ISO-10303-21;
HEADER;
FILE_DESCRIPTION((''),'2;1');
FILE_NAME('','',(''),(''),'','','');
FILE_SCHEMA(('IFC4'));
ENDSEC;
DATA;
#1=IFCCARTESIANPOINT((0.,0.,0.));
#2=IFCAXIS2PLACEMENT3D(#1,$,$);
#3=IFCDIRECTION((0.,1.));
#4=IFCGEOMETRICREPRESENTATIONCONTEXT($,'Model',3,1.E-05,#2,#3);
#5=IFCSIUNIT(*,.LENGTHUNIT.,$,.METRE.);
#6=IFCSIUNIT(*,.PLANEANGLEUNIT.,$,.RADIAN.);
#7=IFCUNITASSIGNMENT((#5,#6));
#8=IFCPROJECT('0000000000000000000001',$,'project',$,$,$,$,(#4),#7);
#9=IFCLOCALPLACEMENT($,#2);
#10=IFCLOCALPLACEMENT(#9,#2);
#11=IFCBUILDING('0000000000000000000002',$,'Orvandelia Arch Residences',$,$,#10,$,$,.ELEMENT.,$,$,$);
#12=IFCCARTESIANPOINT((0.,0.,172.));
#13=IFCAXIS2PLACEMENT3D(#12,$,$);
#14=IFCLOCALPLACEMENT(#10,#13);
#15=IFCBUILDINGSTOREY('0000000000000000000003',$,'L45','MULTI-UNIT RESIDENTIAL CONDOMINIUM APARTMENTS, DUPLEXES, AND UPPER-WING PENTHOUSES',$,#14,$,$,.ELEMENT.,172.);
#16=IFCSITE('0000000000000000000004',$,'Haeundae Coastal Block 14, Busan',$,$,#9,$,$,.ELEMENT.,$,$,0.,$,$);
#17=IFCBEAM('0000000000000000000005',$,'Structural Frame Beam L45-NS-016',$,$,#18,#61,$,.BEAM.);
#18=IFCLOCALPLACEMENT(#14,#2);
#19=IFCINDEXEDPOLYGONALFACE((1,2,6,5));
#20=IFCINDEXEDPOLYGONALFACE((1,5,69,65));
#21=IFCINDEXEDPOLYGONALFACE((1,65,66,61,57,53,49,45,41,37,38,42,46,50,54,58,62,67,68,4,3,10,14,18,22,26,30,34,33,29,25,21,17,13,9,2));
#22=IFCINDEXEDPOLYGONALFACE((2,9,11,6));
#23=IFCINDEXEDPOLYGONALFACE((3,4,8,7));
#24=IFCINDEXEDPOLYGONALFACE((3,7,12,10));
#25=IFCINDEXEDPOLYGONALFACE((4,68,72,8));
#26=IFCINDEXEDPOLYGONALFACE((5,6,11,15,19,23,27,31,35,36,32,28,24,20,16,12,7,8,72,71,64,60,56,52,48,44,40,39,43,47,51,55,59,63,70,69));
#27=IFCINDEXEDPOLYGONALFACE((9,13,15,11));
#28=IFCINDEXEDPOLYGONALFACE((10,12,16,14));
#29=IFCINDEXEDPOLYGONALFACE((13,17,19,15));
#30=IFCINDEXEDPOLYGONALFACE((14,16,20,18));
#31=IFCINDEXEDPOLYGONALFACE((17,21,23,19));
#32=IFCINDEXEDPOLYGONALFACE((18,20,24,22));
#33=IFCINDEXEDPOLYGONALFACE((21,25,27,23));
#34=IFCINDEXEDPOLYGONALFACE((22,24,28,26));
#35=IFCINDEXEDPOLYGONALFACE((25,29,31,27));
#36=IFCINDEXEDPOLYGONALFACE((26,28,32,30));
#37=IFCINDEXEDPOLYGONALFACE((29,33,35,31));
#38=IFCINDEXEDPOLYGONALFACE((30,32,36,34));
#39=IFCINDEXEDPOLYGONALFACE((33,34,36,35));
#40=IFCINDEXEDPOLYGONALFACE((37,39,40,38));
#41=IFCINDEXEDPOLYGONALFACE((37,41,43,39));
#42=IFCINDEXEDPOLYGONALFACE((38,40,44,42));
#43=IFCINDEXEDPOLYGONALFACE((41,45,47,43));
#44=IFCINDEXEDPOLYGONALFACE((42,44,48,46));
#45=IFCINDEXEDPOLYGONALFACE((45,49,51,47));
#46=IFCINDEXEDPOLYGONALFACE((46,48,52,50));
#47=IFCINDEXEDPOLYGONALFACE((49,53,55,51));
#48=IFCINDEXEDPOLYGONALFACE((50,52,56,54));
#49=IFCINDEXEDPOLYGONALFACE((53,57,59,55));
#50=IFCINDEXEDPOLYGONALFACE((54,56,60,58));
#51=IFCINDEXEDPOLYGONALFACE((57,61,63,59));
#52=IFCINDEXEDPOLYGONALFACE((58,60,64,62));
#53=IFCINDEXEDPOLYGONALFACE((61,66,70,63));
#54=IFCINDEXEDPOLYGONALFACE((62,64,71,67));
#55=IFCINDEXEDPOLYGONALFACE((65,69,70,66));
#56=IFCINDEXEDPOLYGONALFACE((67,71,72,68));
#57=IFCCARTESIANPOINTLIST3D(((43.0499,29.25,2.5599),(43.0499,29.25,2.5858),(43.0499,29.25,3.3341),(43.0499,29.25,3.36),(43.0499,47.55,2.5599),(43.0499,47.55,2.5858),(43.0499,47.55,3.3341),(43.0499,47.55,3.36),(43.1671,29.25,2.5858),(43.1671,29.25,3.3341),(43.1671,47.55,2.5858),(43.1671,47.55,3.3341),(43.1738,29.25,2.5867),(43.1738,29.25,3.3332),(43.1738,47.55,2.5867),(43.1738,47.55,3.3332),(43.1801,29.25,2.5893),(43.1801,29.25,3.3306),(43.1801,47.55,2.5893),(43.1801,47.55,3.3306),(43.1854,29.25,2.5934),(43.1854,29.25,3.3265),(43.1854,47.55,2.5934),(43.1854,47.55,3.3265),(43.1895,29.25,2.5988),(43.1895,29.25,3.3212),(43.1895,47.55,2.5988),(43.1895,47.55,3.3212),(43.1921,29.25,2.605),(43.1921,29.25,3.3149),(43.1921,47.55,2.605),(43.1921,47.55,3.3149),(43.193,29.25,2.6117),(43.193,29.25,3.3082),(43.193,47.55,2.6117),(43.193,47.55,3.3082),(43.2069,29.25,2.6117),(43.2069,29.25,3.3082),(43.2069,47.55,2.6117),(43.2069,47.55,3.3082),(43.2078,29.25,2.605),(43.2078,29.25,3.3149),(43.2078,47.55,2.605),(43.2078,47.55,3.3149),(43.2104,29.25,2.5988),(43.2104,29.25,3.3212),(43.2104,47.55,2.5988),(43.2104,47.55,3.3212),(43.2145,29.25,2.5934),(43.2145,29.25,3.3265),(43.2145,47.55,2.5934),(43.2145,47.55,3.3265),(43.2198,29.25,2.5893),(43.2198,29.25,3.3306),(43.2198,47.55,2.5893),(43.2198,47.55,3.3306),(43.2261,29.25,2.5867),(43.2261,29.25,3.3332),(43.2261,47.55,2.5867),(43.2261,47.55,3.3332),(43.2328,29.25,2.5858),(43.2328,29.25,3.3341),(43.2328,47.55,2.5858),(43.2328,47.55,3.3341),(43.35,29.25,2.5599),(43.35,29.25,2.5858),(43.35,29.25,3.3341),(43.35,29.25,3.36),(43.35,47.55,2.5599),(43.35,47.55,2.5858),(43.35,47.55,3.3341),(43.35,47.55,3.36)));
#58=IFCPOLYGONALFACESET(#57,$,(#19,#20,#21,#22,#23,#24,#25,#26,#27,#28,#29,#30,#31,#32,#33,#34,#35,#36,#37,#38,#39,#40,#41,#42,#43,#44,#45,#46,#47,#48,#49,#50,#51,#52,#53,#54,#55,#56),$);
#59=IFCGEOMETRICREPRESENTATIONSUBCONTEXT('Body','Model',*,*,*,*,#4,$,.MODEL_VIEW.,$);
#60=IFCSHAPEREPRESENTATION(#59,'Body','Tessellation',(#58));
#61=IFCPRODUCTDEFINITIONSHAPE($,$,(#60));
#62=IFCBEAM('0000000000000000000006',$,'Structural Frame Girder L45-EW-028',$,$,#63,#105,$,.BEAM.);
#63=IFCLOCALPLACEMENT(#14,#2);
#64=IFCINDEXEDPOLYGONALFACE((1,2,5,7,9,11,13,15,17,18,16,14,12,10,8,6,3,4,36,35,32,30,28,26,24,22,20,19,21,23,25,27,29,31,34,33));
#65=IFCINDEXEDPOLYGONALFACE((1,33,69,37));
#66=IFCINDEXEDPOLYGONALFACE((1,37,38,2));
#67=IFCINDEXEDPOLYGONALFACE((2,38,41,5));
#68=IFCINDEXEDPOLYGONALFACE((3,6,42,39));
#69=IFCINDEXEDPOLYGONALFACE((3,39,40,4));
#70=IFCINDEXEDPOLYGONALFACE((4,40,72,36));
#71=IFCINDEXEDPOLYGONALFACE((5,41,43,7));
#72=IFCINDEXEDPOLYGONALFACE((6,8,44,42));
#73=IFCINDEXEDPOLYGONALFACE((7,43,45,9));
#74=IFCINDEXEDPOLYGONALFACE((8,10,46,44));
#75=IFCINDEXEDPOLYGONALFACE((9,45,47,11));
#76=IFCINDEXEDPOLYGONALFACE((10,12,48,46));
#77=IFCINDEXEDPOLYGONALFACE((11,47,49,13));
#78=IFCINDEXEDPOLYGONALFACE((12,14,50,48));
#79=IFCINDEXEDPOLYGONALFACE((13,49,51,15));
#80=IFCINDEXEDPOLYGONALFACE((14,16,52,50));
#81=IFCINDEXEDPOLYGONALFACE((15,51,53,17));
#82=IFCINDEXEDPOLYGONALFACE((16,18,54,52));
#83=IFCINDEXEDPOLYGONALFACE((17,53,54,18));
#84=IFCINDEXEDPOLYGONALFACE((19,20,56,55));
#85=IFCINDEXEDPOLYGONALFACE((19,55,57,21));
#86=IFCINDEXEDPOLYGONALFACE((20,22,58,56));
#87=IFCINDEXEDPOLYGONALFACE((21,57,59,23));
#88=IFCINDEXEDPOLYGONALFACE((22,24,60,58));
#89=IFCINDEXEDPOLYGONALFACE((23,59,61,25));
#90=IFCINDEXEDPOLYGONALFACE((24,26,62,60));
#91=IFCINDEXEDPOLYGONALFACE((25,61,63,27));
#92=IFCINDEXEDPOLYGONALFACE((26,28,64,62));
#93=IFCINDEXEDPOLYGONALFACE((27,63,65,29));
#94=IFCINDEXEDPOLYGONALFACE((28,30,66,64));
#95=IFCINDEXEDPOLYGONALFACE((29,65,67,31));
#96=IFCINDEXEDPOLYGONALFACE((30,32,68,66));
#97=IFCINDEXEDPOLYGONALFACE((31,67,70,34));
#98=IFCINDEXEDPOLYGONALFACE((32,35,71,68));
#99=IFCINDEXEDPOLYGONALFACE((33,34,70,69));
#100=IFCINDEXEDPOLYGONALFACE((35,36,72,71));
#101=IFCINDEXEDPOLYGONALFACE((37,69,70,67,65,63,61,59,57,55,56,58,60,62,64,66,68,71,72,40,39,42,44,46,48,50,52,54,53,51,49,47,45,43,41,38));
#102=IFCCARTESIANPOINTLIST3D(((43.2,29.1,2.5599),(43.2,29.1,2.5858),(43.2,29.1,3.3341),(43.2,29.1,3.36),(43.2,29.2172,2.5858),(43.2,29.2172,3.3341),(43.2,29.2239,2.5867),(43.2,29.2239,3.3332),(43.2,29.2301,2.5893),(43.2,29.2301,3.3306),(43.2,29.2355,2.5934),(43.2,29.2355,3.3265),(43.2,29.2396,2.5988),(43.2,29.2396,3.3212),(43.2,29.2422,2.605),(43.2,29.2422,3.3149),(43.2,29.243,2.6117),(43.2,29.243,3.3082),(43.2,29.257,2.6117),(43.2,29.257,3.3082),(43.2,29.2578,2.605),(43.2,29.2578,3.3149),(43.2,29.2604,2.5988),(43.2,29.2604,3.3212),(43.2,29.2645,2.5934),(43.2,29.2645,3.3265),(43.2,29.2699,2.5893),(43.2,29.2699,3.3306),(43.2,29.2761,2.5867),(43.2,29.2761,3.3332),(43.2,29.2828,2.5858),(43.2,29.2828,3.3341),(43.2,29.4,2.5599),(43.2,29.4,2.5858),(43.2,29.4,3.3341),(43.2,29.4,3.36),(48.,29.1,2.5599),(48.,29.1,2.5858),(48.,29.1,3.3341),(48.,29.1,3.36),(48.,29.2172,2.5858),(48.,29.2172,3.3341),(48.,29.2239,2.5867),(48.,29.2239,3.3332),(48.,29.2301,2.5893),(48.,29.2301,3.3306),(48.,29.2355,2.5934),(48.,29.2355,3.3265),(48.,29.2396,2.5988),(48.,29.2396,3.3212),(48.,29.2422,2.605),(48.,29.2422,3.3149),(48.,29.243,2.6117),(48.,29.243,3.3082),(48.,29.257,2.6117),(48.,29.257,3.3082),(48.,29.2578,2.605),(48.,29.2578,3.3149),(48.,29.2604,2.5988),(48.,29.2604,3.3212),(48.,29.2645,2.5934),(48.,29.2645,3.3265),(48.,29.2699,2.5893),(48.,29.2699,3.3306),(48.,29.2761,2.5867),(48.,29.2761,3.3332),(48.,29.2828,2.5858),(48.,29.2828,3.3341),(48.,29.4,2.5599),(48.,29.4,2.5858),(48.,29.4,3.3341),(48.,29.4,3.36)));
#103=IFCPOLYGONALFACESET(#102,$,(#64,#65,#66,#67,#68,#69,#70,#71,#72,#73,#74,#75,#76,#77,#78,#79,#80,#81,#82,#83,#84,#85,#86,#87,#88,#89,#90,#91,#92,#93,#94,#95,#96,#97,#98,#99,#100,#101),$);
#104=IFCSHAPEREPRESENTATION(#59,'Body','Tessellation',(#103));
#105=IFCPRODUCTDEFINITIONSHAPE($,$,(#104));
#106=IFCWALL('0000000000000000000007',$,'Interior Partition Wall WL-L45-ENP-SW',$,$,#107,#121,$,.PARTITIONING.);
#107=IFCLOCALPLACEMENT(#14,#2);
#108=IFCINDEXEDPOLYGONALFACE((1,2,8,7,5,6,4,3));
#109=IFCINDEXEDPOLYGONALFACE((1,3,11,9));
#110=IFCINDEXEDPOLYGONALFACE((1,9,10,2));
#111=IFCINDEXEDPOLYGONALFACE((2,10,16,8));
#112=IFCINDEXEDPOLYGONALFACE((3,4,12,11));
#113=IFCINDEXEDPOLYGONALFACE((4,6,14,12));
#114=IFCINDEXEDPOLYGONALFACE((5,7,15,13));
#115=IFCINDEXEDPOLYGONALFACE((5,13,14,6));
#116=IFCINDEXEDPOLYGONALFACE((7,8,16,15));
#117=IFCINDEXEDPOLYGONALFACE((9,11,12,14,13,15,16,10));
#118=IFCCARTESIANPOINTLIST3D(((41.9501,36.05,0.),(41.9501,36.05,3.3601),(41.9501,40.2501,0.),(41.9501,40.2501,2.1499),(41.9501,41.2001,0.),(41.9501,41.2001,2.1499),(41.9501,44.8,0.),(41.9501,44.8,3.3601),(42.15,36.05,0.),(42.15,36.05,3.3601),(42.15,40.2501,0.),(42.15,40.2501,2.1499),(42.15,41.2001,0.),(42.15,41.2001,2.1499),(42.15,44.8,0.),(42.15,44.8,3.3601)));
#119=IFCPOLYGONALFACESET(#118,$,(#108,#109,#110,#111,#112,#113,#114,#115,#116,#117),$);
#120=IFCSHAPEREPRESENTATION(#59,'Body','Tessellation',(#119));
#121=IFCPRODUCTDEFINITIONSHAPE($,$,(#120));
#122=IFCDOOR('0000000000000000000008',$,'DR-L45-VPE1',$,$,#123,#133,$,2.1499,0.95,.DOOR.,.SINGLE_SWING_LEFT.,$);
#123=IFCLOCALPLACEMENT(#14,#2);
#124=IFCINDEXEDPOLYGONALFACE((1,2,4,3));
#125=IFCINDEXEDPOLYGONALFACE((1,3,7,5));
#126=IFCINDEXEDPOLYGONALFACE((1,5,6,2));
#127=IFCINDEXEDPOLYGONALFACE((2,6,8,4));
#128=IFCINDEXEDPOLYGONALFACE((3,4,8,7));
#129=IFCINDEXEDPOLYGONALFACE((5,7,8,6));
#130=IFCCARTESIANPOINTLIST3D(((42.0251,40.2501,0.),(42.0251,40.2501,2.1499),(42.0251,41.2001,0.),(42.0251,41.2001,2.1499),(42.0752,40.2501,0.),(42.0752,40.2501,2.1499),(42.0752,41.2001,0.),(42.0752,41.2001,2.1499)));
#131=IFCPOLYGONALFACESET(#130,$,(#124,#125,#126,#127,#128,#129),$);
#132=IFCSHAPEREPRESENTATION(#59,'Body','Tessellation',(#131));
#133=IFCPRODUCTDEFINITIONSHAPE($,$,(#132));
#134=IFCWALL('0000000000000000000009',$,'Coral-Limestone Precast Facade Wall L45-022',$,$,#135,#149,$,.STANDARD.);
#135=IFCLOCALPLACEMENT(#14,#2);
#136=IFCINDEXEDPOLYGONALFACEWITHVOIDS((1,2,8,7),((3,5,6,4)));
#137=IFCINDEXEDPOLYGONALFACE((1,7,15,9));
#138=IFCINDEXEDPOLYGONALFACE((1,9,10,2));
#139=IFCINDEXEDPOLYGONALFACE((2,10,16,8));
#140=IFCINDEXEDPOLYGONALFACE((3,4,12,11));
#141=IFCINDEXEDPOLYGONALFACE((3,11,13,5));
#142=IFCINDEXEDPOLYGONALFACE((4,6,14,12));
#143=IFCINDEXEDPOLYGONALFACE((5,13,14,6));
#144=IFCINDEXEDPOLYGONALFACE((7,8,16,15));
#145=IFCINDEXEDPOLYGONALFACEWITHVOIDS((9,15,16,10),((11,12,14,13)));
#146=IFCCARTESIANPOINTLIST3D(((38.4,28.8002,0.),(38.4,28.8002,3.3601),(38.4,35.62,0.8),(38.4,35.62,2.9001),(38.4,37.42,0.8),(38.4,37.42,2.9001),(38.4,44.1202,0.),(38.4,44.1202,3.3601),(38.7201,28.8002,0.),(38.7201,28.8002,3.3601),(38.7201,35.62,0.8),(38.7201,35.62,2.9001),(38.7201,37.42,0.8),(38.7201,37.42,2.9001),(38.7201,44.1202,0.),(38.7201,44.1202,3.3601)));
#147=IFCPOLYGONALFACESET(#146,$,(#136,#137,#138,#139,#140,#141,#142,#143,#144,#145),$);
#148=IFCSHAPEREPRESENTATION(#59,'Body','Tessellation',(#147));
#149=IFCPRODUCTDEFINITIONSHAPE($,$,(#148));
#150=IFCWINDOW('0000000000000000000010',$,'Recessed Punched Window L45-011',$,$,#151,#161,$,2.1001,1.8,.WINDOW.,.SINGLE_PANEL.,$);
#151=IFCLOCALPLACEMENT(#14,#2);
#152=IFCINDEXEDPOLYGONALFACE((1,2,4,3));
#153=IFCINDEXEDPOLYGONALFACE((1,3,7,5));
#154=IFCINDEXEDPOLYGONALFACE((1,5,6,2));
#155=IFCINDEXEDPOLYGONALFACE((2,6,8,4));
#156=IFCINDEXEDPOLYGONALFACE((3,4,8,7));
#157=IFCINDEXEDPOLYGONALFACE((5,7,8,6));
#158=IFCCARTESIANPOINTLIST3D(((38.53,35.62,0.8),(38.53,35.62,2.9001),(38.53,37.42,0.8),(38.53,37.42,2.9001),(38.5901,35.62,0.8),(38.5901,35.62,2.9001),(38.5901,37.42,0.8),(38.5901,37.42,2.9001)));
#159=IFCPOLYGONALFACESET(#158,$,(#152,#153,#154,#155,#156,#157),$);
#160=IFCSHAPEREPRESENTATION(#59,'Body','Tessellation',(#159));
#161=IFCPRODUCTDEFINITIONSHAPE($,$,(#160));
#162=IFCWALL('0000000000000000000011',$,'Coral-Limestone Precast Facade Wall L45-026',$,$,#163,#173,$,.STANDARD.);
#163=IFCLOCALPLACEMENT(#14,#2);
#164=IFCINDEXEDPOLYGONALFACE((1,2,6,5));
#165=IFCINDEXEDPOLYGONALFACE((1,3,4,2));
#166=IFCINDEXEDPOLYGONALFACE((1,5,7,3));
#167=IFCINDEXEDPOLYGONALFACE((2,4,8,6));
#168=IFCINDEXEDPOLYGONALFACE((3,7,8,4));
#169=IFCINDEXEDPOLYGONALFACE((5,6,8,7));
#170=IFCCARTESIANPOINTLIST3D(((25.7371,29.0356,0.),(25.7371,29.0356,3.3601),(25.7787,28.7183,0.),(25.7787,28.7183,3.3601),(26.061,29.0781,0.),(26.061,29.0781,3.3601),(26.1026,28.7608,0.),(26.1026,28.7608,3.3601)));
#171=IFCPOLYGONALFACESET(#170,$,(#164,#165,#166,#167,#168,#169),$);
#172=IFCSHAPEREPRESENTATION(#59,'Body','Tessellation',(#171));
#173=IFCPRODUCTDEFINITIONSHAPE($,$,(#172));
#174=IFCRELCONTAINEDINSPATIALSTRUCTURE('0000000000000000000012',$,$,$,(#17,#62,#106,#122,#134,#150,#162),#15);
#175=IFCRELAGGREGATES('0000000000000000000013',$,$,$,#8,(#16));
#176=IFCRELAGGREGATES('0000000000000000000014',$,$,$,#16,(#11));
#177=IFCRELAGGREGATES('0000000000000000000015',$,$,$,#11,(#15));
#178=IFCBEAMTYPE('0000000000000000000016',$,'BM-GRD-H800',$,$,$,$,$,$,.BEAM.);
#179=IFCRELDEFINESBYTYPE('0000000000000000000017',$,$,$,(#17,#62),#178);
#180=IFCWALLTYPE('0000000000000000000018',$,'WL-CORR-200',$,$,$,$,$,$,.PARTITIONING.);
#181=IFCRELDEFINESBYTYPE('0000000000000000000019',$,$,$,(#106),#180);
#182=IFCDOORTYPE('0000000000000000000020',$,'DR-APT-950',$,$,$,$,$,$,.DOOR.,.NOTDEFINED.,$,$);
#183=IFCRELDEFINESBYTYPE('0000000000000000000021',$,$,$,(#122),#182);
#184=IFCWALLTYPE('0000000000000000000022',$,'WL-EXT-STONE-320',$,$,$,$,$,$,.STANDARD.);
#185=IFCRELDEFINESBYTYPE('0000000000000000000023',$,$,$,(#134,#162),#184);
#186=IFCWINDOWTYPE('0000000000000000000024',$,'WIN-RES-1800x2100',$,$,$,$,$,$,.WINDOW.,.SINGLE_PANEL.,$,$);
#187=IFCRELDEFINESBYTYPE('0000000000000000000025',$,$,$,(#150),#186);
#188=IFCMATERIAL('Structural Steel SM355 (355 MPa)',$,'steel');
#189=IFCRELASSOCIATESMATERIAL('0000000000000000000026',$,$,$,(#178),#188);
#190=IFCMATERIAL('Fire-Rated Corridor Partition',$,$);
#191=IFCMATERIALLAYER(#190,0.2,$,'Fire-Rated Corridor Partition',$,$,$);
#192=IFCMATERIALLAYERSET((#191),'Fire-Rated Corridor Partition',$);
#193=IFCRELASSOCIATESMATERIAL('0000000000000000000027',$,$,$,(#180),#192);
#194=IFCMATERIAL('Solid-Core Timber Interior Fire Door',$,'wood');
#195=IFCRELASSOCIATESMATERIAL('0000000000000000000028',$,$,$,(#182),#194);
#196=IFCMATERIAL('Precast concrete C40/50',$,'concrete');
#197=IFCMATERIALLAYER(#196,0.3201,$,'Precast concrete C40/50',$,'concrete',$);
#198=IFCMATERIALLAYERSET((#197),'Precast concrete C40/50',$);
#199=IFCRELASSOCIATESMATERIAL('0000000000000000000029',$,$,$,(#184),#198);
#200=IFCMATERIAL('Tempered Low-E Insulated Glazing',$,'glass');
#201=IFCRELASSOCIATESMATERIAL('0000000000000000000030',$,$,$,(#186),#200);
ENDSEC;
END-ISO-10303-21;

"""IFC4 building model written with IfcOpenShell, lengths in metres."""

from ifc_helpers import new_model, si_unit, direction, frame, frame_2d, origin, origin_2d, place, context, subcontext, project, spatial, rectangle, i_section, extrude, material, layer, layer_set, material_profile, profile_set, type_object, element, fill, save


model = new_model("IFC4")

# Units and contexts
model_context = context("Model", 3, precision=1e-05, world=origin(), true_north=direction((0.0, 1.0)))
body_context = subcontext(model_context, "Body", "Model", "MODEL_VIEW")
ifc_project = project(units=[si_unit("LENGTHUNIT", "METRE"), si_unit("PLANEANGLEUNIT", "RADIAN")], contexts=[model_context])

# Site, building, storey
site_placement = place(None, origin())
site = spatial("IfcSite", under=ifc_project, at=site_placement, Name="Haeundae Coastal Block 14, Busan", CompositionType="ELEMENT", RefElevation=0.0)
building_placement = place(site_placement, origin())
building = spatial("IfcBuilding", under=site, at=building_placement, Name="Orvandelia Arch Residences", CompositionType="ELEMENT")
storey_placement = place(building_placement, frame((0.0, 0.0, 172.0)))
storey = spatial("IfcBuildingStorey", under=building, at=storey_placement, Name="L45", Description="MULTI-UNIT RESIDENTIAL CONDOMINIUM APARTMENTS, DUPLEXES, AND UPPER-WING PENTHOUSES", CompositionType="ELEMENT", Elevation=172.0)

# Beams
ifc_material_1 = material(Name="Structural Steel SM355 (355 MPa)", Category="steel")
ifc_material_profile_1 = material_profile(ifc_material_1, i_section(OverallWidth=0.3, OverallDepth=0.8, WebThickness=0.0139, FlangeThickness=0.0259, FilletRadius=0.0259, at=origin_2d()), Name="Structural Steel SM355 (355 MPa)", Category="steel")
ifc_profile_set_1 = profile_set([ifc_material_profile_1], Name="Structural Steel SM355 (355 MPa)")
beam_type = type_object("IfcBeamType", Name="BM-GRD-H800", PredefinedType="BEAM", material=ifc_profile_set_1)
beam_1_placement = place(storey_placement, frame((43.2, 29.25, 2.96), z_axis=(0.0, 1.0, 0.0), x_axis=(-1.0, 0.0, 0.0)))
element("IfcBeam", 1, at=beam_1_placement, inside=storey, type_object=beam_type, Name="Structural Frame Beam L45-NS-016", PredefinedType="BEAM", context=body_context, shape_type="SweptSolid", body=[
    extrude(i_section(OverallWidth=0.3, OverallDepth=0.8, WebThickness=0.0139, FlangeThickness=0.0259, FilletRadius=0.0259, at=origin_2d()), origin(), (0.0, 0.0, 1.0), 18.3),
])
beam_2_placement = place(storey_placement, frame((43.2, 29.25, 2.96), z_axis=(1.0, 0.0, 0.0), x_axis=(0.0, 1.0, 0.0)))
element("IfcBeam", 2, at=beam_2_placement, inside=storey, type_object=beam_type, Name="Structural Frame Girder L45-EW-028", PredefinedType="BEAM", context=body_context, shape_type="SweptSolid", body=[
    extrude(i_section(OverallWidth=0.3, OverallDepth=0.8, WebThickness=0.0139, FlangeThickness=0.0259, FilletRadius=0.0259, at=origin_2d()), origin(), (0.0, 0.0, 1.0), 4.8),
])

# Wall, opening, door
ifc_material_2 = material(Name="Fire-Rated Corridor Partition")
ifc_layer_1 = layer(ifc_material_2, 0.2, Name="Fire-Rated Corridor Partition")
ifc_layer_set_1 = layer_set([ifc_layer_1], Name="Fire-Rated Corridor Partition")
wall_type_1 = type_object("IfcWallType", Name="WL-CORR-200", PredefinedType="PARTITIONING", material=ifc_layer_set_1)
wall_1_placement = place(storey_placement, frame((42.05, 36.05, 0.0), z_axis=(0.0, 0.0, 1.0), x_axis=(0.0, 1.0, 0.0)))
wall_1 = element("IfcWall", 3, at=wall_1_placement, inside=storey, type_object=wall_type_1, Name="Interior Partition Wall WL-L45-ENP-SW", PredefinedType="PARTITIONING", context=body_context, shape_type="SweptSolid", body=[
    extrude(rectangle(XDim=8.75, YDim=0.2, at=frame_2d((4.375, 0.0))), origin(), (0.0, 0.0, 1.0), 3.3601),
])
opening_1_placement = place(wall_1_placement, frame((4.2, 0.0, 0.0)))
opening_1 = element("IfcOpeningElement", 4, at=opening_1_placement, cuts=wall_1, PredefinedType="OPENING", context=body_context, shape_type="SweptSolid", body=[
    extrude(rectangle(XDim=0.95, YDim=2.1499, at=frame_2d((0.4751, 1.075))), frame((0.0, 0.1099, 0.0), z_axis=(0.0, -1.0, 0.0), x_axis=(1.0, 0.0, 0.0)), (0.0, 0.0, 1.0), 0.22),
])
ifc_material_3 = material(Name="Solid-Core Timber Interior Fire Door", Category="wood")
door_type_1 = type_object("IfcDoorType", Name="DR-APT-950", OperationType="NOTDEFINED", PredefinedType="DOOR", material=ifc_material_3)
door_1_placement = place(opening_1_placement, origin())
door_1 = element("IfcDoor", 5, at=door_1_placement, inside=storey, type_object=door_type_1, Name="DR-L45-VPE1", OperationType="SINGLE_SWING_LEFT", OverallHeight=2.1499, OverallWidth=0.95, PredefinedType="DOOR", context=body_context, shape_type="SweptSolid", body=[
    extrude(rectangle(XDim=0.95, YDim=2.1499, at=frame_2d((0.4751, 1.075))), frame((0.0, 0.0249, 0.0), z_axis=(0.0, -1.0, 0.0), x_axis=(1.0, 0.0, 0.0)), (0.0, 0.0, 1.0), 0.05),
])
fill(opening_1, door_1)

# Wall, opening, window
ifc_material_4 = material(Name="Precast concrete C40/50", Category="concrete")
ifc_layer_2 = layer(ifc_material_4, 0.3201, Name="Precast concrete C40/50", Category="concrete")
ifc_layer_set_2 = layer_set([ifc_layer_2], Name="Precast concrete C40/50")
wall_type_2 = type_object("IfcWallType", Name="WL-EXT-STONE-320", PredefinedType="STANDARD", material=ifc_layer_set_2)
wall_2_placement = place(storey_placement, frame((38.5601, 28.8, 0.0), z_axis=(0.0, 0.0, 1.0), x_axis=(0.0, 1.0, 0.0)))
wall_2 = element("IfcWall", 6, at=wall_2_placement, inside=storey, type_object=wall_type_2, Name="Coral-Limestone Precast Facade Wall L45-022", PredefinedType="STANDARD", context=body_context, shape_type="SweptSolid", body=[
    extrude(rectangle(XDim=15.3201, YDim=0.3201, at=frame_2d((7.6602, 0.0))), origin(), (0.0, 0.0, 1.0), 3.3601),
])
opening_2_placement = place(wall_2_placement, frame((6.8201, 0.0, 0.8)))
opening_2 = element("IfcOpeningElement", 7, at=opening_2_placement, cuts=wall_2, PredefinedType="OPENING", context=body_context, shape_type="SweptSolid", body=[
    extrude(rectangle(XDim=1.8, YDim=2.1001, at=frame_2d((0.8999, 1.05))), frame((0.0, 0.1699, 0.0), z_axis=(0.0, -1.0, 0.0), x_axis=(1.0, 0.0, 0.0)), (0.0, 0.0, 1.0), 0.3401),
])
ifc_material_5 = material(Name="Tempered Low-E Insulated Glazing", Category="glass")
window_type = type_object("IfcWindowType", Name="WIN-RES-1800x2100", PartitioningType="SINGLE_PANEL", PredefinedType="WINDOW", material=ifc_material_5)
window_placement = place(opening_2_placement, origin())
window = element("IfcWindow", 8, at=window_placement, inside=storey, type_object=window_type, Name="Recessed Punched Window L45-011", OverallHeight=2.1001, OverallWidth=1.8, PartitioningType="SINGLE_PANEL", PredefinedType="WINDOW", context=body_context, shape_type="SweptSolid", body=[
    extrude(rectangle(XDim=1.8, YDim=2.1001, at=frame_2d((0.8999, 1.05))), frame((0.0, 0.03, 0.0), z_axis=(0.0, -1.0, 0.0), x_axis=(1.0, 0.0, 0.0)), (0.0, 0.0, 1.0), 0.0601),
])
fill(opening_2, window)

# Wall
wall_3_placement = place(storey_placement, frame((26.0818, 28.9194, 0.0), z_axis=(0.0, 0.0, 1.0), x_axis=(-0.991513, -0.13001, 0.0)))
element("IfcWall", 9, at=wall_3_placement, inside=storey, type_object=wall_type_2, Name="Coral-Limestone Precast Facade Wall L45-026", PredefinedType="STANDARD", context=body_context, shape_type="SweptSolid", body=[
    extrude(rectangle(XDim=0.3267, YDim=0.3201, at=frame_2d((0.1633, 0.0))), origin(), (0.0, 0.0, 1.0), 3.3601),
])

save(model, "model.ifc")
